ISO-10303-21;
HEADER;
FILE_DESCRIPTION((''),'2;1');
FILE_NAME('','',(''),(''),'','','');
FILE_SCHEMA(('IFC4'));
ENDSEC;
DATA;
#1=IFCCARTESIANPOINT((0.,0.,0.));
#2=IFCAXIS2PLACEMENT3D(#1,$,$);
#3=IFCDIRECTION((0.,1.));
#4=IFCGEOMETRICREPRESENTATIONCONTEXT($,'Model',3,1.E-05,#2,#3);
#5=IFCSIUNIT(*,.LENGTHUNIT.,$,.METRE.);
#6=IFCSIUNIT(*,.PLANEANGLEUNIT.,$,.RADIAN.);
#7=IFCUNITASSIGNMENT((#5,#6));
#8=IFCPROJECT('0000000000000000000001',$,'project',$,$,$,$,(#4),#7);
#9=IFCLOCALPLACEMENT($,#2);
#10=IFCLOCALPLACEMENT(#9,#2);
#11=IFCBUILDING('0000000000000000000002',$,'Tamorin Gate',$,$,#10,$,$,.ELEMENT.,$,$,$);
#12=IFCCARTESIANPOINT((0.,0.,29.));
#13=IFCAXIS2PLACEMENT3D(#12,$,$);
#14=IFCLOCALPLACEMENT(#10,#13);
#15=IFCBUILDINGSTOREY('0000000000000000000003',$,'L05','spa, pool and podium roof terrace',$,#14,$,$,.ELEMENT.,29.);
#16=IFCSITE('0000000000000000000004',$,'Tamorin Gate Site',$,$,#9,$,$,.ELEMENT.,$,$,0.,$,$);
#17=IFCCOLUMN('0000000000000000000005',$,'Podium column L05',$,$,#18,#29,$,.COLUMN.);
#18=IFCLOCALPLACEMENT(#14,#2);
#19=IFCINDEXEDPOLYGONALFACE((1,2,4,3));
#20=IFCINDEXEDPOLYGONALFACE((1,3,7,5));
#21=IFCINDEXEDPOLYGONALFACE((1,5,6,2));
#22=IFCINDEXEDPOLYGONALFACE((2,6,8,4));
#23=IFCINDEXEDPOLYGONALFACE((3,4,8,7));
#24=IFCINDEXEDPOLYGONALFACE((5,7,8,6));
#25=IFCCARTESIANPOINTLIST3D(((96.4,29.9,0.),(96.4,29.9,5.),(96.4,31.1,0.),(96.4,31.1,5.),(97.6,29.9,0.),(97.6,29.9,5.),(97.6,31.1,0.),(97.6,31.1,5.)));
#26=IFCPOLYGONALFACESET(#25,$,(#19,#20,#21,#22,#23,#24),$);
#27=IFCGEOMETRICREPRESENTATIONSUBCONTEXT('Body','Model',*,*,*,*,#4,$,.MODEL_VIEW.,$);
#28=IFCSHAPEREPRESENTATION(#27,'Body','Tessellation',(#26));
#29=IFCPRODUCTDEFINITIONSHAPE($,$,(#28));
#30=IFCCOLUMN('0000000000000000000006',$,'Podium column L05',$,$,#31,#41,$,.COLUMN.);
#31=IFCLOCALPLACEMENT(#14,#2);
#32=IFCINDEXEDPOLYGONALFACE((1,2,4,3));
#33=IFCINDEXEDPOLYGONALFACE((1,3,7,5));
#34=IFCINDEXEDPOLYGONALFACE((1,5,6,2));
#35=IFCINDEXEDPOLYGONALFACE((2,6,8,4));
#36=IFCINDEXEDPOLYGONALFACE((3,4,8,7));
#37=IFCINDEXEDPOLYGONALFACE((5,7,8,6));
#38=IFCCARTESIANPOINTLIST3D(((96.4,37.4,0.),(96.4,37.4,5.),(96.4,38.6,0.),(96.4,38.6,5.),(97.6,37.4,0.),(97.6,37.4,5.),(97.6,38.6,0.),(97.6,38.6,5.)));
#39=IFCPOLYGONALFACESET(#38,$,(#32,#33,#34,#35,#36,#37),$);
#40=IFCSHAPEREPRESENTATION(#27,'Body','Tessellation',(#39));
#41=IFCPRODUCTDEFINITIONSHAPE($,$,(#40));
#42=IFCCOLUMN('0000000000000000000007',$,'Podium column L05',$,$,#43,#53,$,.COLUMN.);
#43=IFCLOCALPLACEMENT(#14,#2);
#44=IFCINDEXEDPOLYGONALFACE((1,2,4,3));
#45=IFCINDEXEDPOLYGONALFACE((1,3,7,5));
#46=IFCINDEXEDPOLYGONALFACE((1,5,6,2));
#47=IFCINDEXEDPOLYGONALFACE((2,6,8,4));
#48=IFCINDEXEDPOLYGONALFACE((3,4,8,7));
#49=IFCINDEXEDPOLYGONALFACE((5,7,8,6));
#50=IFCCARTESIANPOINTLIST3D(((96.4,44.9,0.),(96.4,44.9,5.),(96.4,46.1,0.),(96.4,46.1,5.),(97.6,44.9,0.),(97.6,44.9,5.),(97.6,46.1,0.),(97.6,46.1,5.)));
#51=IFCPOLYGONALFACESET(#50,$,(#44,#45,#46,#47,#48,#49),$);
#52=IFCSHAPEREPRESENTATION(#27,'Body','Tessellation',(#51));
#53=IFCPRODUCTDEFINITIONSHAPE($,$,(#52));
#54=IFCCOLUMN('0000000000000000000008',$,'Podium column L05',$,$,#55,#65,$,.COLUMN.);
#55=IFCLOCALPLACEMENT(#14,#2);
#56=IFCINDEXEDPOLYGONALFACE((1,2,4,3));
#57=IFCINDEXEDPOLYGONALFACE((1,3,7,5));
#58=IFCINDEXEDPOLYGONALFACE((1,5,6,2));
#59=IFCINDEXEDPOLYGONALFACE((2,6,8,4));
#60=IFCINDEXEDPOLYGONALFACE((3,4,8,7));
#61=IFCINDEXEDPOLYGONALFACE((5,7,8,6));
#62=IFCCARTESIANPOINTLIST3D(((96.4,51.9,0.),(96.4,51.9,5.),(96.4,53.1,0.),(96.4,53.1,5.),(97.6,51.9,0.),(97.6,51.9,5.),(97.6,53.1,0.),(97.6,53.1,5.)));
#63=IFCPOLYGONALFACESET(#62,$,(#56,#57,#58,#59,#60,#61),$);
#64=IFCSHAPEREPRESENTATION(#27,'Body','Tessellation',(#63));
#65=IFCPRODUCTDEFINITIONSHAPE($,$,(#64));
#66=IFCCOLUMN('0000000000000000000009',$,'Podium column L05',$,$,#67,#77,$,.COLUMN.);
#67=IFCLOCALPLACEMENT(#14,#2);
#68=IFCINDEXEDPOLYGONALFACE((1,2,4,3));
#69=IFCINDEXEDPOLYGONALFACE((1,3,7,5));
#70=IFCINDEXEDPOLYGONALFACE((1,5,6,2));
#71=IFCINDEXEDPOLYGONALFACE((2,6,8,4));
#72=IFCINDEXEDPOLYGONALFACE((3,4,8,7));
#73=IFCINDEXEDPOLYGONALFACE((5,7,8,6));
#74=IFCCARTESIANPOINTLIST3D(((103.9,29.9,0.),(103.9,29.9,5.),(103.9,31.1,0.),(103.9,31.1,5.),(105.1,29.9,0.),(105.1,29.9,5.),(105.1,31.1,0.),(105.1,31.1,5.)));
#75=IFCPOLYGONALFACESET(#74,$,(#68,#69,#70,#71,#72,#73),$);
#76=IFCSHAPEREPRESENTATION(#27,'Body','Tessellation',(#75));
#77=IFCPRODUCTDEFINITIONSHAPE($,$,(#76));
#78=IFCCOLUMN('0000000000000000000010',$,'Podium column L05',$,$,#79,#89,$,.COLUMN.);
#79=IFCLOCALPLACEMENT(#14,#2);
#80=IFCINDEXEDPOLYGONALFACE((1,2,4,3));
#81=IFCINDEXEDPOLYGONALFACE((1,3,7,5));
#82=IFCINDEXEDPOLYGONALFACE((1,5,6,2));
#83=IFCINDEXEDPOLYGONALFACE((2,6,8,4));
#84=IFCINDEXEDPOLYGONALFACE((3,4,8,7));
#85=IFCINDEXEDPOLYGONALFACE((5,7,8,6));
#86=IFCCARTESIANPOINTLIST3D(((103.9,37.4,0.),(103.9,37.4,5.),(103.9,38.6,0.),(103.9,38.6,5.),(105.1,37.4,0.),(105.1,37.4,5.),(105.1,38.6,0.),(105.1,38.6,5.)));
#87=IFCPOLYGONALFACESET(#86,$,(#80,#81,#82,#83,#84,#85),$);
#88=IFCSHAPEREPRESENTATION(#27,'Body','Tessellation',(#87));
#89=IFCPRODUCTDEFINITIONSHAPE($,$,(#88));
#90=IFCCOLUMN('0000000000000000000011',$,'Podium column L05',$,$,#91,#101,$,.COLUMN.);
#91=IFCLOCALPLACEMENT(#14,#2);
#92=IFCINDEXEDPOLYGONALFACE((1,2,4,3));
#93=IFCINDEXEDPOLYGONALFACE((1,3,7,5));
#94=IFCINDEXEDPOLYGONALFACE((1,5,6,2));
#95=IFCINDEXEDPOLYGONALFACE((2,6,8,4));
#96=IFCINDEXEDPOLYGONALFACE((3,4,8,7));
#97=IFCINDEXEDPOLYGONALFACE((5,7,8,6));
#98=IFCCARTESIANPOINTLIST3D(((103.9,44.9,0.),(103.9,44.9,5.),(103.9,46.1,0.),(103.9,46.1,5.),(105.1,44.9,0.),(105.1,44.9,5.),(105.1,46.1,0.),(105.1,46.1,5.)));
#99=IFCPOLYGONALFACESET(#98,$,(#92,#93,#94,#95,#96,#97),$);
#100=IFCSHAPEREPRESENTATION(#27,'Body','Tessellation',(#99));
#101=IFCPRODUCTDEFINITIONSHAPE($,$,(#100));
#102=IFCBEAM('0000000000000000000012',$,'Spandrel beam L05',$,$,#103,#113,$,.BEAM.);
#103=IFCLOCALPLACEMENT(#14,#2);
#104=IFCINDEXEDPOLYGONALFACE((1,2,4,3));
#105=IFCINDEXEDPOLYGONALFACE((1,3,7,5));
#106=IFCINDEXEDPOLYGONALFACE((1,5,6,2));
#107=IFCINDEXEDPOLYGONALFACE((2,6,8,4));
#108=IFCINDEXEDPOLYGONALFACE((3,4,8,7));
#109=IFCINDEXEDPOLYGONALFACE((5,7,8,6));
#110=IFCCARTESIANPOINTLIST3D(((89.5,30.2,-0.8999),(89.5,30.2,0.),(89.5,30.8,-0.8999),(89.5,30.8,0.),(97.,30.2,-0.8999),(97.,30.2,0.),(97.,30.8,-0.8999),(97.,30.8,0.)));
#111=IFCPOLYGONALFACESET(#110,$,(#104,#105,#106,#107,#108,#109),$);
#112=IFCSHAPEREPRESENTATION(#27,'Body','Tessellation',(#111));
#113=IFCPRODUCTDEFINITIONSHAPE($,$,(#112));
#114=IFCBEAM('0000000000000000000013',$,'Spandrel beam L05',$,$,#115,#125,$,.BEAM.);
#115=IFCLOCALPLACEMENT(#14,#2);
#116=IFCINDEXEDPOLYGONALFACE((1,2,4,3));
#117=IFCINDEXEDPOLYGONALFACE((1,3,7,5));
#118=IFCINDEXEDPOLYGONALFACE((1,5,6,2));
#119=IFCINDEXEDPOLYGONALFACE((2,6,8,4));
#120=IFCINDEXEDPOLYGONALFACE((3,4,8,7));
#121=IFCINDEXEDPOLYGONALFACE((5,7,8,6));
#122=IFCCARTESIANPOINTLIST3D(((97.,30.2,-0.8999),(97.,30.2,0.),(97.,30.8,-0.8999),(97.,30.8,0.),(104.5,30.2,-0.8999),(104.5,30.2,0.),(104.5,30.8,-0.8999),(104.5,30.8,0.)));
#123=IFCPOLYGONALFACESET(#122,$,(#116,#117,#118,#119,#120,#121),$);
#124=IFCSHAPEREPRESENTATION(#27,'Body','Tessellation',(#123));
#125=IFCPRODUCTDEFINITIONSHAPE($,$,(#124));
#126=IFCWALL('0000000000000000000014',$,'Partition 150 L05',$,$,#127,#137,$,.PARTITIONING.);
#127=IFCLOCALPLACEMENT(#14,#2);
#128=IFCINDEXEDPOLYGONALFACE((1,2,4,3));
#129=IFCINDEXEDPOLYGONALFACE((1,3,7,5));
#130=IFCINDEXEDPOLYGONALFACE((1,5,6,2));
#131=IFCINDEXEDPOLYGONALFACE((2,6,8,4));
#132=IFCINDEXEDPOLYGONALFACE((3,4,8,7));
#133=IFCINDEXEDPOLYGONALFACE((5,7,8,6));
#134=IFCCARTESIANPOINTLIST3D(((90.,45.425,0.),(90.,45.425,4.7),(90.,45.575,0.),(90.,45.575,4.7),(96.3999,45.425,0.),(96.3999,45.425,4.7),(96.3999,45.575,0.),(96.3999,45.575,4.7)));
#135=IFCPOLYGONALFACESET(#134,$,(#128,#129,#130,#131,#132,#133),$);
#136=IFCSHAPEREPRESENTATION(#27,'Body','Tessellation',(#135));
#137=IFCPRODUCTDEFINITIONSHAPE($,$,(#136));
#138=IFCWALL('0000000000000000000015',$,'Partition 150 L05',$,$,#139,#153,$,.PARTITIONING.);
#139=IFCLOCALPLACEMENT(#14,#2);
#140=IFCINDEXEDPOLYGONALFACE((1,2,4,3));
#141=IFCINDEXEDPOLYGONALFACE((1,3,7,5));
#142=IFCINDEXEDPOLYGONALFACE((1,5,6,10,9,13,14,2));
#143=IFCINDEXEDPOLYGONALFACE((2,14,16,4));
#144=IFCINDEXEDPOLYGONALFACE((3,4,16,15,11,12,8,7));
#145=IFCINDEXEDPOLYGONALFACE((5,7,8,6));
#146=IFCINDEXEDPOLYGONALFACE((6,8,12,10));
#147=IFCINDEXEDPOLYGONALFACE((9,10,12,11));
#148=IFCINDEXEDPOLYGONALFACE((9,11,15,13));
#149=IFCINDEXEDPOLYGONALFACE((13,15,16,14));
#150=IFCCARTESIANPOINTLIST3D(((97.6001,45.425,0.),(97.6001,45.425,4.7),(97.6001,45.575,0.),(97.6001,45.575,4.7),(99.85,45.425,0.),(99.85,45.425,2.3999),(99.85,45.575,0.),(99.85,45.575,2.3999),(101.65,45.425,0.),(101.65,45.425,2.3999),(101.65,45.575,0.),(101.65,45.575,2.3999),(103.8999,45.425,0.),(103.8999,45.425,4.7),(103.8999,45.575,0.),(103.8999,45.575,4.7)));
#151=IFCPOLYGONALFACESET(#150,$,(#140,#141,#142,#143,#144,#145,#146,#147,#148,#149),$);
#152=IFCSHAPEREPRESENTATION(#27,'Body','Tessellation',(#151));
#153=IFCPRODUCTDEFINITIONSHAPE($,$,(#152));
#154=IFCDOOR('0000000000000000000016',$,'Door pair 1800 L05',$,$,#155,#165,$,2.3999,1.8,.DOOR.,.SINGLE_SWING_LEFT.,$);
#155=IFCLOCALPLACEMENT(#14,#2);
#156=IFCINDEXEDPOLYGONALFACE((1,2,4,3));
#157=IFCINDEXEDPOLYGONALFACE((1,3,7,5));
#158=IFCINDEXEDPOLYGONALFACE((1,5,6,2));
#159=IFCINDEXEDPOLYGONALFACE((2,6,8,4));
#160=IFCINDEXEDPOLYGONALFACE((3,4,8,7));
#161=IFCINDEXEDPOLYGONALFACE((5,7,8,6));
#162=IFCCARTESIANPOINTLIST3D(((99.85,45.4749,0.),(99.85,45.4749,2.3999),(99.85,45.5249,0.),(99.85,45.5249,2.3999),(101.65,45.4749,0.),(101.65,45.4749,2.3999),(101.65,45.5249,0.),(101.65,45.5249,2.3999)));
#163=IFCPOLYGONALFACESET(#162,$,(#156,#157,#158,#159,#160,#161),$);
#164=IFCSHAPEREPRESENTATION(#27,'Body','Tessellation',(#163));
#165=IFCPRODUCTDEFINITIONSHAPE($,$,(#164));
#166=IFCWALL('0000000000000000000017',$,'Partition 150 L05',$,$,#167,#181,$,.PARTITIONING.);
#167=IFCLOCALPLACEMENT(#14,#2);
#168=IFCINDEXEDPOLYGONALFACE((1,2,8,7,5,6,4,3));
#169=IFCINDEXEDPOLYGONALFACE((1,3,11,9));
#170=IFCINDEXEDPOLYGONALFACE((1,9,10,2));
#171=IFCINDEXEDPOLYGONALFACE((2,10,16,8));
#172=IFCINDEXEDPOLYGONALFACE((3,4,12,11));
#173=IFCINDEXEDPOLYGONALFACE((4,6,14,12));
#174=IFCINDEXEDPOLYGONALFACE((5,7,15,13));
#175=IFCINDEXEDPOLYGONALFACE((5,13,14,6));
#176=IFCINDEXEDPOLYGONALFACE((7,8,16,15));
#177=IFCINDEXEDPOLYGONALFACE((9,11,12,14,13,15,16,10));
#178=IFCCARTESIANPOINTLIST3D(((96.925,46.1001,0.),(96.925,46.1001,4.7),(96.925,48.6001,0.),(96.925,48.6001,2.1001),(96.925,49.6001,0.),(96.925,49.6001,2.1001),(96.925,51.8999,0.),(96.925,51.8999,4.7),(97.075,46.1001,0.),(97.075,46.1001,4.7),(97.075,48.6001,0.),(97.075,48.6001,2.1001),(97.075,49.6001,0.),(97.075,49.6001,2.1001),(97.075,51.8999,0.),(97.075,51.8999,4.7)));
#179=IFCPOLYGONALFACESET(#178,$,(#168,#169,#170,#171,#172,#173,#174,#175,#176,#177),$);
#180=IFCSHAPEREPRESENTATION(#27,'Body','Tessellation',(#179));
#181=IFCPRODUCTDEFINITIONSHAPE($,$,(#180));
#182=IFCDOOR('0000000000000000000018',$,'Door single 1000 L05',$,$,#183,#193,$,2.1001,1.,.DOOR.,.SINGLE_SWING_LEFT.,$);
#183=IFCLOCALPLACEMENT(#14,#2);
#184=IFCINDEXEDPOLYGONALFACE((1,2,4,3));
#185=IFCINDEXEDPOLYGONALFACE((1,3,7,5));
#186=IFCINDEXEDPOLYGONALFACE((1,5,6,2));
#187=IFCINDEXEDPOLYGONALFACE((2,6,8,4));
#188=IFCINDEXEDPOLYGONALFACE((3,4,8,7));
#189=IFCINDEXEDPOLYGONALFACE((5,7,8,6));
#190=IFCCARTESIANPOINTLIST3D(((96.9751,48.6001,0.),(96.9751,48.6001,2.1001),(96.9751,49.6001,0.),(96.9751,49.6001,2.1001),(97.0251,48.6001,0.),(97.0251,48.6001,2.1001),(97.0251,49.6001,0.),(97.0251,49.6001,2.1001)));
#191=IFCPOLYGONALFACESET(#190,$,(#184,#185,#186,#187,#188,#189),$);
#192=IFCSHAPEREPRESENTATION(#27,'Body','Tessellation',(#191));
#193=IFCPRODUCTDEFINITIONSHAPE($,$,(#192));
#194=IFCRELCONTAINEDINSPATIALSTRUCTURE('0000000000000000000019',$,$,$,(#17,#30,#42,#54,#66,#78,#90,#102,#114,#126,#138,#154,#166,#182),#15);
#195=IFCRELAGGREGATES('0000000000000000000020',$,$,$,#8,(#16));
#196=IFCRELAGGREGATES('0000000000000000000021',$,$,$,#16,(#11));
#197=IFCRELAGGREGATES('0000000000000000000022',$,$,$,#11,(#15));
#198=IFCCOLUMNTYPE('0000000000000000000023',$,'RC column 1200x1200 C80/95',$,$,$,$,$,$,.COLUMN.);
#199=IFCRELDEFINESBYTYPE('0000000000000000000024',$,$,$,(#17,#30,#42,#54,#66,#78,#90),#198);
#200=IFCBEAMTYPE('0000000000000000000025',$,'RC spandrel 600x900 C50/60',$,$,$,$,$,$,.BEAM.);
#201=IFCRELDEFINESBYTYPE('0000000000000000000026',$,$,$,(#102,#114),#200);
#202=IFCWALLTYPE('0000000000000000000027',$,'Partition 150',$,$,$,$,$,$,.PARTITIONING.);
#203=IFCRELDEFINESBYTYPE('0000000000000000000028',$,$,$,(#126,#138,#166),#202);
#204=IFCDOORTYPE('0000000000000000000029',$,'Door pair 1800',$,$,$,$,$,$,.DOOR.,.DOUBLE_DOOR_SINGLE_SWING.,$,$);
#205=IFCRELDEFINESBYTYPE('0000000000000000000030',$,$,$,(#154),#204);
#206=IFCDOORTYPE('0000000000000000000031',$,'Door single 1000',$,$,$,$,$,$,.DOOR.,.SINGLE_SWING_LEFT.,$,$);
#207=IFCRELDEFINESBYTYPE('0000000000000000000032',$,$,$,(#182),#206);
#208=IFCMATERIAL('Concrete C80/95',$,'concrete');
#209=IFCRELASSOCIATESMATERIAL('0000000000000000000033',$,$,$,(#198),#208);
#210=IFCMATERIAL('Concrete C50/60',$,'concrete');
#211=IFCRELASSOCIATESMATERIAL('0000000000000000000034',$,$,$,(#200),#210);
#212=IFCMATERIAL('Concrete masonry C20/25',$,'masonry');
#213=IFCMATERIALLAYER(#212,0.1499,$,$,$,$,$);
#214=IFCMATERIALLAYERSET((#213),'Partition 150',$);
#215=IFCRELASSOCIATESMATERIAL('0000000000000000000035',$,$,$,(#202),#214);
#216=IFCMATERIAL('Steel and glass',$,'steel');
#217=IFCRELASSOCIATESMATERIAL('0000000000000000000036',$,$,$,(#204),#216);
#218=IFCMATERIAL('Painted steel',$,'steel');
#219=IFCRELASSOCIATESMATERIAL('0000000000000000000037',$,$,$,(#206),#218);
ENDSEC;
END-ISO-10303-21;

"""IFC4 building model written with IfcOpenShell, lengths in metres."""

from ifc_helpers import new_model, si_unit, direction, frame, frame_2d, origin, origin_2d, place, context, subcontext, project, spatial, rectangle, extrude, material, layer, layer_set, material_profile, profile_set, type_object, element, fill, save


model = new_model("IFC4")

# Units and contexts
model_context = context("Model", 3, precision=1e-05, world=origin(), true_north=direction((0.0, 1.0)))
body_context = subcontext(model_context, "Body", "Model", "MODEL_VIEW")
ifc_project = project(units=[si_unit("LENGTHUNIT", "METRE"), si_unit("PLANEANGLEUNIT", "RADIAN")], contexts=[model_context])

# Site, building, storey
site_placement = place(None, origin())
site = spatial("IfcSite", under=ifc_project, at=site_placement, Name="Tamorin Gate Site", CompositionType="ELEMENT", RefElevation=0.0)
building_placement = place(site_placement, origin())
building = spatial("IfcBuilding", under=site, at=building_placement, Name="Tamorin Gate", CompositionType="ELEMENT")
storey_placement = place(building_placement, frame((0.0, 0.0, 29.0)))
storey = spatial("IfcBuildingStorey", under=building, at=storey_placement, Name="L05", Description="spa, pool and podium roof terrace", CompositionType="ELEMENT", Elevation=29.0)

# Columns
ifc_material_1 = material(Name="Concrete C80/95", Category="concrete")
ifc_material_profile_1 = material_profile(ifc_material_1, rectangle(XDim=1.2, YDim=1.2, at=origin_2d()), Name="RC 1200x1200")
ifc_profile_set_1 = profile_set([ifc_material_profile_1], Name="Concrete C80/95")
column_type = type_object("IfcColumnType", Name="RC column 1200x1200 C80/95", PredefinedType="COLUMN", material=ifc_profile_set_1)
for number, where, z_axis, x_axis, name in (
    (1, (97.0, 30.5, 0.0), (0.0, 0.0, 1.0), (1.0, 0.0, 0.0), "Podium column L05"),
    (2, (97.0, 38.0, 0.0), (0.0, 0.0, 1.0), (1.0, 0.0, 0.0), "Podium column L05"),
    (3, (97.0, 45.5, 0.0), (0.0, 0.0, 1.0), (1.0, 0.0, 0.0), "Podium column L05"),
    (4, (97.0, 52.5, 0.0), (0.0, 0.0, 1.0), (1.0, 0.0, 0.0), "Podium column L05"),
    (5, (104.5, 30.5, 0.0), (0.0, 0.0, 1.0), (1.0, 0.0, 0.0), "Podium column L05"),
    (6, (104.5, 38.0, 0.0), (0.0, 0.0, 1.0), (1.0, 0.0, 0.0), "Podium column L05"),
    (7, (104.5, 45.5, 0.0), (0.0, 0.0, 1.0), (1.0, 0.0, 0.0), "Podium column L05"),
):
    element("IfcColumn", number, at=place(storey_placement, frame(where, z_axis=z_axis, x_axis=x_axis)), inside=storey, type_object=column_type, Name=name, PredefinedType="COLUMN", context=body_context, shape_type="SweptSolid", body=[
        extrude(rectangle(XDim=1.2, YDim=1.2, at=origin_2d()), origin(), (0.0, 0.0, 1.0), 5.0),
    ])

# Beams
ifc_material_2 = material(Name="Concrete C50/60", Category="concrete")
ifc_material_profile_2 = material_profile(ifc_material_2, rectangle(XDim=0.6001, YDim=0.8999, at=origin_2d()), Name="RC 600x900")
ifc_profile_set_2 = profile_set([ifc_material_profile_2], Name="Concrete C50/60")
beam_type = type_object("IfcBeamType", Name="RC spandrel 600x900 C50/60", PredefinedType="BEAM", material=ifc_profile_set_2)
for number, where, z_axis, x_axis, name in (
    (8, (89.5, 30.5, -0.45), (1.0, 0.0, 0.0), (0.0, 1.0, 0.0), "Spandrel beam L05"),
    (9, (97.0, 30.5, -0.45), (1.0, 0.0, 0.0), (0.0, 1.0, 0.0), "Spandrel beam L05"),
):
    element("IfcBeam", number, at=place(storey_placement, frame(where, z_axis=z_axis, x_axis=x_axis)), inside=storey, type_object=beam_type, Name=name, PredefinedType="BEAM", context=body_context, shape_type="SweptSolid", body=[
        extrude(rectangle(XDim=0.6001, YDim=0.8999, at=origin_2d()), origin(), (0.0, 0.0, 1.0), 7.5),
    ])

# Wall
ifc_material_3 = material(Name="Concrete masonry C20/25", Category="masonry")
ifc_layer_1 = layer(ifc_material_3, 0.1499)
ifc_layer_set_1 = layer_set([ifc_layer_1], Name="Partition 150")
wall_type_1 = type_object("IfcWallType", Name="Partition 150", PredefinedType="PARTITIONING", material=ifc_layer_set_1)
wall_1_placement = place(storey_placement, frame((90.0, 45.5, 0.0), z_axis=(0.0, 0.0, 1.0), x_axis=(1.0, 0.0, 0.0)))
element("IfcWall", 10, at=wall_1_placement, inside=storey, type_object=wall_type_1, Name="Partition 150 L05", PredefinedType="PARTITIONING", context=body_context, shape_type="SweptSolid", body=[
    extrude(rectangle(XDim=6.3999, YDim=0.1499, at=frame_2d((3.2, 0.0))), origin(), (0.0, 0.0, 1.0), 4.7),
])

# Walls, openings, doors
wall_2_placement = place(storey_placement, frame((97.6001, 45.5, 0.0), z_axis=(0.0, 0.0, 1.0), x_axis=(1.0, 0.0, 0.0)))
wall_2 = element("IfcWall", 11, at=wall_2_placement, inside=storey, type_object=wall_type_1, Name="Partition 150 L05", PredefinedType="PARTITIONING", context=body_context, shape_type="SweptSolid", body=[
    extrude(rectangle(XDim=6.2998, YDim=0.1499, at=frame_2d((3.1499, 0.0))), origin(), (0.0, 0.0, 1.0), 4.7),
])
opening_1_placement = place(wall_2_placement, frame((2.25, 0.0, 0.0)))
opening_1 = element("IfcOpeningElement", 12, at=opening_1_placement, cuts=wall_2, PredefinedType="OPENING", context=body_context, shape_type="SweptSolid", body=[
    extrude(rectangle(XDim=1.8, YDim=2.3999, at=frame_2d((0.8999, 1.2))), frame((0.0, 0.085, 0.0), z_axis=(0.0, -1.0, 0.0), x_axis=(1.0, 0.0, 0.0)), (0.0, 0.0, 1.0), 0.1699),
])
ifc_material_4 = material(Name="Steel and glass", Category="steel")
door_type_1 = type_object("IfcDoorType", Name="Door pair 1800", OperationType="DOUBLE_DOOR_SINGLE_SWING", PredefinedType="DOOR", material=ifc_material_4)
door_1_placement = place(opening_1_placement, origin())
door_1 = element("IfcDoor", 13, at=door_1_placement, inside=storey, type_object=door_type_1, Name="Door pair 1800 L05", OperationType="SINGLE_SWING_LEFT", OverallHeight=2.3999, OverallWidth=1.8, PredefinedType="DOOR", context=body_context, shape_type="SweptSolid", body=[
    extrude(rectangle(XDim=1.8, YDim=2.3999, at=frame_2d((0.8999, 1.2))), frame((0.0, 0.0249, 0.0), z_axis=(0.0, -1.0, 0.0), x_axis=(1.0, 0.0, 0.0)), (0.0, 0.0, 1.0), 0.05),
])
fill(opening_1, door_1)
wall_3_placement = place(storey_placement, frame((97.0, 46.1001, 0.0), z_axis=(0.0, 0.0, 1.0), x_axis=(0.0, 1.0, 0.0)))
wall_3 = element("IfcWall", 14, at=wall_3_placement, inside=storey, type_object=wall_type_1, Name="Partition 150 L05", PredefinedType="PARTITIONING", context=body_context, shape_type="SweptSolid", body=[
    extrude(rectangle(XDim=5.7998, YDim=0.1499, at=frame_2d((2.8999, 0.0))), origin(), (0.0, 0.0, 1.0), 4.7),
])
opening_2_placement = place(wall_3_placement, frame((2.5, 0.0, 0.0)))
opening_2 = element("IfcOpeningElement", 15, at=opening_2_placement, cuts=wall_3, PredefinedType="OPENING", context=body_context, shape_type="SweptSolid", body=[
    extrude(rectangle(XDim=1.0, YDim=2.1001, at=frame_2d((0.5, 1.05))), frame((0.0, 0.085, 0.0), z_axis=(0.0, -1.0, 0.0), x_axis=(1.0, 0.0, 0.0)), (0.0, 0.0, 1.0), 0.1699),
])
ifc_material_5 = material(Name="Painted steel", Category="steel")
door_type_2 = type_object("IfcDoorType", Name="Door single 1000", OperationType="SINGLE_SWING_LEFT", PredefinedType="DOOR", material=ifc_material_5)
door_2_placement = place(opening_2_placement, origin())
door_2 = element("IfcDoor", 16, at=door_2_placement, inside=storey, type_object=door_type_2, Name="Door single 1000 L05", OperationType="SINGLE_SWING_LEFT", OverallHeight=2.1001, OverallWidth=1.0, PredefinedType="DOOR", context=body_context, shape_type="SweptSolid", body=[
    extrude(rectangle(XDim=1.0, YDim=2.1001, at=frame_2d((0.5, 1.05))), frame((0.0, 0.0249, 0.0), z_axis=(0.0, -1.0, 0.0), x_axis=(1.0, 0.0, 0.0)), (0.0, 0.0, 1.0), 0.05),
])
fill(opening_2, door_2)

save(model, "model.ifc")
